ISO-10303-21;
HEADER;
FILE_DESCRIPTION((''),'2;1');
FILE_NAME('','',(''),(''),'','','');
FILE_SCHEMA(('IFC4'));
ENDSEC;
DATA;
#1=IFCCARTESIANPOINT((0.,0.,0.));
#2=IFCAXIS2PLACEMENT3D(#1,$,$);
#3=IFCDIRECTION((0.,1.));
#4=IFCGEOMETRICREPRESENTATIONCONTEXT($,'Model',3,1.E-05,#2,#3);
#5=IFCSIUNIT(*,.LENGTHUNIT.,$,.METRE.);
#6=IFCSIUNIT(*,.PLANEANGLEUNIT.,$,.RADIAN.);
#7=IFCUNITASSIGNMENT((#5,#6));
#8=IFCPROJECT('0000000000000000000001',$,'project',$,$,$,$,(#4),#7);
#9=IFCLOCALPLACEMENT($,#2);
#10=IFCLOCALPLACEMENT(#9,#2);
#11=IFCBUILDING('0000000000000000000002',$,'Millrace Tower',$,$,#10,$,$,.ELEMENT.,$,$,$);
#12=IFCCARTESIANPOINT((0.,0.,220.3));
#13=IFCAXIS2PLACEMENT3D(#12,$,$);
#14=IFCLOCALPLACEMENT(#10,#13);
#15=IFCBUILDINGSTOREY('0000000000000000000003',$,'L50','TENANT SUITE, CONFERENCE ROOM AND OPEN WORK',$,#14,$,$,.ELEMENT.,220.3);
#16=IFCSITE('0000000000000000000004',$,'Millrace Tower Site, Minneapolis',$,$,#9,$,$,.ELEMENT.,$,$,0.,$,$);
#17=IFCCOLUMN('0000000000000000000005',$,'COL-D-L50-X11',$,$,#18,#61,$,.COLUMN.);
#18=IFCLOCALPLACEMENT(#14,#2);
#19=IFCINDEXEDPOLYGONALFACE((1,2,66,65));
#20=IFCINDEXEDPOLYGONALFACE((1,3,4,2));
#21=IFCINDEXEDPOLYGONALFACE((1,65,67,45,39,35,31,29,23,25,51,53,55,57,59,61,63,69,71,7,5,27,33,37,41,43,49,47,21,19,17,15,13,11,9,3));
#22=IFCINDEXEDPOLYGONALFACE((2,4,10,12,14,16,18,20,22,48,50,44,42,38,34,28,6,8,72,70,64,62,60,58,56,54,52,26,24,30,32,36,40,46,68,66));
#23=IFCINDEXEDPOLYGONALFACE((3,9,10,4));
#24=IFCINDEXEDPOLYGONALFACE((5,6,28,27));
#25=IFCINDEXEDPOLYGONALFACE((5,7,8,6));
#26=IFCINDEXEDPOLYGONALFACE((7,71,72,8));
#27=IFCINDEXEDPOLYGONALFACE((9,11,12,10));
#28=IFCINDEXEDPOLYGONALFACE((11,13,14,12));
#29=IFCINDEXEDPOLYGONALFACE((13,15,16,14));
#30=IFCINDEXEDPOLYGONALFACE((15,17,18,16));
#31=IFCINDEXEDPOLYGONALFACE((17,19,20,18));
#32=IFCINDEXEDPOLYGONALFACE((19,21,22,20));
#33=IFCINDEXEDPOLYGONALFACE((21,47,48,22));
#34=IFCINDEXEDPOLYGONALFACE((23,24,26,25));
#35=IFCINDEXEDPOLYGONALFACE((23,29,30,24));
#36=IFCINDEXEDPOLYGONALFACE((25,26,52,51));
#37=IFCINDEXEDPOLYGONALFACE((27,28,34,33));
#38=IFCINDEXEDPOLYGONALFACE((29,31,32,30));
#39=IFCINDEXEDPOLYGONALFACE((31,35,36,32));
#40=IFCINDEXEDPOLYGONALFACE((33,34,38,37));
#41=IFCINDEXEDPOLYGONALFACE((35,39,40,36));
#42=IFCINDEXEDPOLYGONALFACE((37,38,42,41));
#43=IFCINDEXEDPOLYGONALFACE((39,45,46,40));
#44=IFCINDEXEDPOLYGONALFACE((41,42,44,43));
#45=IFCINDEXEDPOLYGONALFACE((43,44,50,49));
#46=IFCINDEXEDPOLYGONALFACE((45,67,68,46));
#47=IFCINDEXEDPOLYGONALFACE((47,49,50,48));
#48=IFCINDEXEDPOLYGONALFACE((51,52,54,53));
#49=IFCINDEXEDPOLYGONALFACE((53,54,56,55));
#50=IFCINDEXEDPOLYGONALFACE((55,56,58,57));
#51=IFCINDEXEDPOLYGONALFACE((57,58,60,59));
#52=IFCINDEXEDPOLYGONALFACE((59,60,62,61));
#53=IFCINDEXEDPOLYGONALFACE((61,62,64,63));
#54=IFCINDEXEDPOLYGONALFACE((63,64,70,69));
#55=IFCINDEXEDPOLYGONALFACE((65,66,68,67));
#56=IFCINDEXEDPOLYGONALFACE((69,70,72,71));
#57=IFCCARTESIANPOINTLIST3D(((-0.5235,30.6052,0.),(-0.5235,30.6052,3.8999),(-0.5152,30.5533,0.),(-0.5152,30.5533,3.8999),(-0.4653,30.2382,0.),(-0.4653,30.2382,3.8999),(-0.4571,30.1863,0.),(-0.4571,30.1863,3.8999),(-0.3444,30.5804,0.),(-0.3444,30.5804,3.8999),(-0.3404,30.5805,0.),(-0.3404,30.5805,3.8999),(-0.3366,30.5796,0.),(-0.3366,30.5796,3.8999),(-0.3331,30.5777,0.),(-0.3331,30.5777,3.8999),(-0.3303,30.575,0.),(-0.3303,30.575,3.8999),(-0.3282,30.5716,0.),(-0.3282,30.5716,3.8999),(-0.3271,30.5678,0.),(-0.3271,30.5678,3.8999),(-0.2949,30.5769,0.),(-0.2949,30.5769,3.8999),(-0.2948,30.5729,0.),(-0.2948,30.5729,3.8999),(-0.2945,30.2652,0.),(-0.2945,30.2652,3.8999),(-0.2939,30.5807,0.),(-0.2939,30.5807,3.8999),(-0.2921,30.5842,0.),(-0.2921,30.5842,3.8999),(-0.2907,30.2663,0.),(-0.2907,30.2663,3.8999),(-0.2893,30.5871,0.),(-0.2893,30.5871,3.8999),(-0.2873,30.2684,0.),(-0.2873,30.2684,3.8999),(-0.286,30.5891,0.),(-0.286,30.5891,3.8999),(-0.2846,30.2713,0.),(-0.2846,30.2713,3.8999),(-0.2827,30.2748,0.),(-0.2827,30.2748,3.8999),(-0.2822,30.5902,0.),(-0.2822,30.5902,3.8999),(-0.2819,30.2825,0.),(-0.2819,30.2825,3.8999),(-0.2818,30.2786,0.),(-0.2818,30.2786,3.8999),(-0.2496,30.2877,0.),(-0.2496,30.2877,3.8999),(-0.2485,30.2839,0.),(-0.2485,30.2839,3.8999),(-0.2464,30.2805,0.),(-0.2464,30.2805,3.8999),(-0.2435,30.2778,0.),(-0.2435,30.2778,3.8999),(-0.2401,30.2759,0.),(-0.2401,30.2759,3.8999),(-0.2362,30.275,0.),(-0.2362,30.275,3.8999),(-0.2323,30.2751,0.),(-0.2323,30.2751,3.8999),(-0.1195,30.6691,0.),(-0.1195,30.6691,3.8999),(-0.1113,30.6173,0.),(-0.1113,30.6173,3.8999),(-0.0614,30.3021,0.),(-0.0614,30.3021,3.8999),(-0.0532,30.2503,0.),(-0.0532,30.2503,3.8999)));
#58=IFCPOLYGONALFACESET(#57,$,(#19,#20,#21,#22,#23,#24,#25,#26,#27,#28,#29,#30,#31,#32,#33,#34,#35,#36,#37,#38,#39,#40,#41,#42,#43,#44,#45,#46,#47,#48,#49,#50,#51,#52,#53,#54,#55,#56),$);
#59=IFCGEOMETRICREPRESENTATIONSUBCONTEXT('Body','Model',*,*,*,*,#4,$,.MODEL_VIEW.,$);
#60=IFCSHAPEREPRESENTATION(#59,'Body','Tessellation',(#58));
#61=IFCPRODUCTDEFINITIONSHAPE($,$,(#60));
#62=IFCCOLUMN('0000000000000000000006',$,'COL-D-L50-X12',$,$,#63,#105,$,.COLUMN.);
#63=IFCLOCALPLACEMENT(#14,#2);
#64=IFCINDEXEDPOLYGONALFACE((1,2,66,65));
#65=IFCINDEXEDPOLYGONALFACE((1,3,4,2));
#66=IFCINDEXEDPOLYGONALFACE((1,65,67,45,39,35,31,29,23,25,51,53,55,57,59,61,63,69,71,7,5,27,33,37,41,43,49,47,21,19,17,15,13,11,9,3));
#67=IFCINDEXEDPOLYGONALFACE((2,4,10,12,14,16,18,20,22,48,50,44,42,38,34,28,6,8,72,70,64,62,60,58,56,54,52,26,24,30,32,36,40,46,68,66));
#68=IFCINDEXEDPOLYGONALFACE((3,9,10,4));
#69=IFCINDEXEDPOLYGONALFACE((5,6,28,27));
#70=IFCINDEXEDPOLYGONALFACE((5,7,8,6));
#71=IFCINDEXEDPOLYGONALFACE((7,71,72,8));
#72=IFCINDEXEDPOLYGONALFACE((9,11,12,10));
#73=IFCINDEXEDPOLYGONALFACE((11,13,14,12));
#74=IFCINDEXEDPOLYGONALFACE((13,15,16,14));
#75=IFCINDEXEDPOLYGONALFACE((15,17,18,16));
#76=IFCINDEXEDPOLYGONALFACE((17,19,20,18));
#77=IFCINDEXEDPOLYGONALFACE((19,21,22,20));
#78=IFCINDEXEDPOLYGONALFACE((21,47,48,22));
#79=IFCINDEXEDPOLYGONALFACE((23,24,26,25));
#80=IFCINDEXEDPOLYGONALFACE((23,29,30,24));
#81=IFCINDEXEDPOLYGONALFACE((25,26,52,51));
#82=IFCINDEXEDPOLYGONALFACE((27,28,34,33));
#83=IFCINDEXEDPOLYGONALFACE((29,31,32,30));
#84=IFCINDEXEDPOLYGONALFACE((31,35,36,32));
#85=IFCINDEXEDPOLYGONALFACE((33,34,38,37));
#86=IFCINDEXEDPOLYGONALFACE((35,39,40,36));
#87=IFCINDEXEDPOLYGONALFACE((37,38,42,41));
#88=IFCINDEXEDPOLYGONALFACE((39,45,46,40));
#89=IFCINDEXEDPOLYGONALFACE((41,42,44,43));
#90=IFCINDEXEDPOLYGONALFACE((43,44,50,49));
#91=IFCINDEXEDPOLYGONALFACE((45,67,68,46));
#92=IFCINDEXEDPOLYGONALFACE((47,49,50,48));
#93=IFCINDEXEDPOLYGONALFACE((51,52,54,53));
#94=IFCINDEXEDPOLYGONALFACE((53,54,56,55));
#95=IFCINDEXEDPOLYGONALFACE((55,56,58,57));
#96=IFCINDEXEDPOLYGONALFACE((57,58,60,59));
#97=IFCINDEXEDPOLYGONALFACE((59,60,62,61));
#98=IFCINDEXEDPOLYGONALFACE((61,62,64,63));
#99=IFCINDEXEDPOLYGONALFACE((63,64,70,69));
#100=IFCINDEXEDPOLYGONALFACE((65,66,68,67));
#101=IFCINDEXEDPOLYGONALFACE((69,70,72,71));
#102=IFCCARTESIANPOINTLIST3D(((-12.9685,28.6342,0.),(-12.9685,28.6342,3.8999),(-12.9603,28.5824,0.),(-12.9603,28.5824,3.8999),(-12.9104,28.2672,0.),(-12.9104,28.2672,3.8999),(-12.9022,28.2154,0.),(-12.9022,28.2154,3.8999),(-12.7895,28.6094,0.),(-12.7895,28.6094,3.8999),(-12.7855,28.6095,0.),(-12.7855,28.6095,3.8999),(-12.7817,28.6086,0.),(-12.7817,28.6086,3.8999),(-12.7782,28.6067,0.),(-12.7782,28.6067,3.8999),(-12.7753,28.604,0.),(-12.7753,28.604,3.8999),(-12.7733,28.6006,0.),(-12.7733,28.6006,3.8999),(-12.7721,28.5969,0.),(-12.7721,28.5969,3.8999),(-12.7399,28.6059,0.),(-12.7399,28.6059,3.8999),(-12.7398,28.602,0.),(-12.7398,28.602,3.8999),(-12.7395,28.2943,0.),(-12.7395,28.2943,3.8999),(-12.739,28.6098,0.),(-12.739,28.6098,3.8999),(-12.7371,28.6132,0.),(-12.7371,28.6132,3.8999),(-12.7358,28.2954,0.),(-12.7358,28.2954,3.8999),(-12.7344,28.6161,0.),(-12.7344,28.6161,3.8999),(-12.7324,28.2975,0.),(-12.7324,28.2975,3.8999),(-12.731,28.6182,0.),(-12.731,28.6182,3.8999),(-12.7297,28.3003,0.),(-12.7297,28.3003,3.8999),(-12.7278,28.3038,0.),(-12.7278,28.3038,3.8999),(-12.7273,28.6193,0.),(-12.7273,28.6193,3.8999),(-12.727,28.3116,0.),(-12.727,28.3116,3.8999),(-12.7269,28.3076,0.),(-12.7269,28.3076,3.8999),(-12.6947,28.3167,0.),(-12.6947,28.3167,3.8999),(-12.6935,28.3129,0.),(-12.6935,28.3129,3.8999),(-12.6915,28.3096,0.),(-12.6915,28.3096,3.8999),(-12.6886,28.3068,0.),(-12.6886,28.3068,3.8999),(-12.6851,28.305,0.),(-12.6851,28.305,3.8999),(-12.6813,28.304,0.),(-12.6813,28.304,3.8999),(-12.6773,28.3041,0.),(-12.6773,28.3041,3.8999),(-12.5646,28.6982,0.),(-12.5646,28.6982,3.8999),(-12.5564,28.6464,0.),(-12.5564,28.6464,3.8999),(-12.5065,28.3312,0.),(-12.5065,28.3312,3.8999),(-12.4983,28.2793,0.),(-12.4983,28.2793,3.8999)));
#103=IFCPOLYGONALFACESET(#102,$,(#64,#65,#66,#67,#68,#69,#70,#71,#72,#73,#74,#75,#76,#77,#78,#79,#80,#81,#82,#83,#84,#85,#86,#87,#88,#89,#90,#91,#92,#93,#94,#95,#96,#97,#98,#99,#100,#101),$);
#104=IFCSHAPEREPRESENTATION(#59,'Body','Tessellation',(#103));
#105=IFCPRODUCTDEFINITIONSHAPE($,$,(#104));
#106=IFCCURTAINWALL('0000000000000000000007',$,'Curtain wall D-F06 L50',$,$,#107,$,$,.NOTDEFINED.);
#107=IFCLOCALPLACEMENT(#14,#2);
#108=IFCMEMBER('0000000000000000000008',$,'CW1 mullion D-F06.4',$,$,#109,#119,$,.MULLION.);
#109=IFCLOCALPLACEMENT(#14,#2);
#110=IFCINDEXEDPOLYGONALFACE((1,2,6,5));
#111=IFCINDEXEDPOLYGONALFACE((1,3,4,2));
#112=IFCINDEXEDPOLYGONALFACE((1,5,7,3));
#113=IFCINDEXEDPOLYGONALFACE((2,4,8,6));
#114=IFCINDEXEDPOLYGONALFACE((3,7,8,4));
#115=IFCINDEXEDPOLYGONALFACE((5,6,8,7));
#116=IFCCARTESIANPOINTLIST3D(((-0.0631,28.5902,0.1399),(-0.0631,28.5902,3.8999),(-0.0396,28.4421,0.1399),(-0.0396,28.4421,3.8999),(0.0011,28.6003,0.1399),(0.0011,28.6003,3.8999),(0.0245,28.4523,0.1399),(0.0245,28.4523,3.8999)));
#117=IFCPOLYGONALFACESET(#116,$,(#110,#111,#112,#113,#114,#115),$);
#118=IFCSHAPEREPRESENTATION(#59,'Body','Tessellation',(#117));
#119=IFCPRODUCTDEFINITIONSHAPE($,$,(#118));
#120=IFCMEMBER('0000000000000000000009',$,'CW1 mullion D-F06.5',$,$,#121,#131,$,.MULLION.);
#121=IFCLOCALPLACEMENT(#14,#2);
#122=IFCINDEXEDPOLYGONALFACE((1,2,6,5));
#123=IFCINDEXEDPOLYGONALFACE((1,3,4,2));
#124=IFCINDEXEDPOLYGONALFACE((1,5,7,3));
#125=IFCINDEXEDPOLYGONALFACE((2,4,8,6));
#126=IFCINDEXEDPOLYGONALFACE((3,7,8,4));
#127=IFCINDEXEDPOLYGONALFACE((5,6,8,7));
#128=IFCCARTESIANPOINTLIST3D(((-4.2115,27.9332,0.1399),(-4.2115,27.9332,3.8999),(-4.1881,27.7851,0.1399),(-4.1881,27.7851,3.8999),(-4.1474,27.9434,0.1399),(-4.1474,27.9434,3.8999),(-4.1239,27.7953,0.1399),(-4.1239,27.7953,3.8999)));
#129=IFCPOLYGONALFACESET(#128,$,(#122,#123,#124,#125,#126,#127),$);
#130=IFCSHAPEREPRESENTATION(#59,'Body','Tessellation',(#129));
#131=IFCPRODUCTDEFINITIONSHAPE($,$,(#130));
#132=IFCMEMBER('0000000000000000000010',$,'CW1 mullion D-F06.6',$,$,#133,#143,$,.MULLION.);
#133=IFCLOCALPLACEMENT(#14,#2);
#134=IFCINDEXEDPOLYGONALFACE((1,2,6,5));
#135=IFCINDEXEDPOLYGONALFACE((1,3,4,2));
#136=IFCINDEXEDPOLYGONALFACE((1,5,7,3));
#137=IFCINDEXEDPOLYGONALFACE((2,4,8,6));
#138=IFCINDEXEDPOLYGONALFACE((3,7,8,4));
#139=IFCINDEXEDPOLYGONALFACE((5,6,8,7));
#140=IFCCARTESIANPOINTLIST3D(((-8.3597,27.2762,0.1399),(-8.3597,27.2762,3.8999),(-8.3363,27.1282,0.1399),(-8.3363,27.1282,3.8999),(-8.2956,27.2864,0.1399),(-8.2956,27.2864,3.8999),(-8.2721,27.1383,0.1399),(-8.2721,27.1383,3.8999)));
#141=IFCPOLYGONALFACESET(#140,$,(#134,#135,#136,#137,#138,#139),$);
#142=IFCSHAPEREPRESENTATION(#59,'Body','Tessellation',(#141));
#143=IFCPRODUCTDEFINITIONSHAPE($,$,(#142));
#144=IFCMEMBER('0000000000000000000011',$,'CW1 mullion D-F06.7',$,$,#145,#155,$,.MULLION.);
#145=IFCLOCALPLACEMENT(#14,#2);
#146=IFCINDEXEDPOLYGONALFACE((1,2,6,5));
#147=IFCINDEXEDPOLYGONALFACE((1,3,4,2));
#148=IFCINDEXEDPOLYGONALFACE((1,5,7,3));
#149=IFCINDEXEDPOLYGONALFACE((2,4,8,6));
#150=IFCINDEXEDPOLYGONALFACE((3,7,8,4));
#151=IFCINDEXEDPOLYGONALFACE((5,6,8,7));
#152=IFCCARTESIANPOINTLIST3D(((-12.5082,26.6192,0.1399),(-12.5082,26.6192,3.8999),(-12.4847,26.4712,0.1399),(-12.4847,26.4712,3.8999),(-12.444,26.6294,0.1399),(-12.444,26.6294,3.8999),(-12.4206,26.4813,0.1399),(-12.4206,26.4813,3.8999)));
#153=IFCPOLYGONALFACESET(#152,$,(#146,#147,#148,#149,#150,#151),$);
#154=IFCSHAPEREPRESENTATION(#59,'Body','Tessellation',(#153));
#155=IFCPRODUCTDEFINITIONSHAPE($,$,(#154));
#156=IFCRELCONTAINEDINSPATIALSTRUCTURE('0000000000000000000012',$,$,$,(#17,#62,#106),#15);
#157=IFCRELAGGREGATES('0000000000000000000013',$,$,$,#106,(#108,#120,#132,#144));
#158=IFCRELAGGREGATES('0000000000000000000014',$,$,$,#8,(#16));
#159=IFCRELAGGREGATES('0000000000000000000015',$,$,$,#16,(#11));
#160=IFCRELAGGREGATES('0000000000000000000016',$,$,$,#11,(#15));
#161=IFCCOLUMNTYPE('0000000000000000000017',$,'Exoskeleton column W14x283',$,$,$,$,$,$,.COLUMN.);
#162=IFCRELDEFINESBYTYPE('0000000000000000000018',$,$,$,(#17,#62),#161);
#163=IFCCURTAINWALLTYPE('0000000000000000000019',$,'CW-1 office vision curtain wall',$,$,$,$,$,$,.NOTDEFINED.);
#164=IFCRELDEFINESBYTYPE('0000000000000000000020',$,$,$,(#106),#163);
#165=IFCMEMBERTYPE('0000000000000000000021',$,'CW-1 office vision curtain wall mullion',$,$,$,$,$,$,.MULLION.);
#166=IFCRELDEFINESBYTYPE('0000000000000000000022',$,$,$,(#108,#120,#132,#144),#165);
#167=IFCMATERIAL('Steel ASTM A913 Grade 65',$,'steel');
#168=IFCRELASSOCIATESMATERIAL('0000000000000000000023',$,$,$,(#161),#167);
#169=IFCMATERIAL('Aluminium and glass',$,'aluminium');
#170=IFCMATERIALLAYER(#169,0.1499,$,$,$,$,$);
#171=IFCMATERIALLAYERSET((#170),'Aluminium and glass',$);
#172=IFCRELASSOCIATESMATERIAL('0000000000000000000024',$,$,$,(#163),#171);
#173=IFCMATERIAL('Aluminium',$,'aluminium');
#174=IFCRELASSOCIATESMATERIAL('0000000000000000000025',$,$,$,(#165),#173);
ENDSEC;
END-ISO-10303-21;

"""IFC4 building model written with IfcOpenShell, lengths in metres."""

from ifc_helpers import new_model, si_unit, direction, frame, origin, origin_2d, place, context, subcontext, project, spatial, rectangle, i_section, extrude, material, layer, layer_set, material_profile, profile_set, type_object, element, aggregate, save


model = new_model("IFC4")

# Units and contexts
model_context = context("Model", 3, precision=1e-05, world=origin(), true_north=direction((0.0, 1.0)))
body_context = subcontext(model_context, "Body", "Model", "MODEL_VIEW")
ifc_project = project(units=[si_unit("LENGTHUNIT", "METRE"), si_unit("PLANEANGLEUNIT", "RADIAN")], contexts=[model_context])

# Site, building, storey
site_placement = place(None, origin())
site = spatial("IfcSite", under=ifc_project, at=site_placement, Name="Millrace Tower Site, Minneapolis", CompositionType="ELEMENT", RefElevation=0.0)
building_placement = place(site_placement, origin())
building = spatial("IfcBuilding", under=site, at=building_placement, Name="Millrace Tower", CompositionType="ELEMENT")
storey_placement = place(building_placement, frame((0.0, 0.0, 220.3)))
storey = spatial("IfcBuildingStorey", under=building, at=storey_placement, Name="L50", Description="TENANT SUITE, CONFERENCE ROOM AND OPEN WORK", CompositionType="ELEMENT", Elevation=220.3)

# Columns
ifc_material_1 = material(Name="Steel ASTM A913 Grade 65", Category="steel")
ifc_material_profile_1 = material_profile(ifc_material_1, i_section(OverallWidth=0.4089, OverallDepth=0.4241, WebThickness=0.0327, FlangeThickness=0.0525, FilletRadius=0.0151, at=origin_2d()))
ifc_profile_set_1 = profile_set([ifc_material_profile_1], Name="Steel ASTM A913 Grade 65")
column_type = type_object("IfcColumnType", Name="Exoskeleton column W14x283", PredefinedType="COLUMN", material=ifc_profile_set_1)
for number, where, z_axis, x_axis, name in (
    (1, (-0.2883, 30.4277, 0.0), (0.0, 0.0, 1.0), (-0.987688, -0.156434, 0.0), "COL-D-L50-X11"),
    (2, (-12.7334, 28.4568, 0.0), (0.0, 0.0, 1.0), (-0.987688, -0.156434, 0.0), "COL-D-L50-X12"),
):
    element("IfcColumn", number, at=place(storey_placement, frame(where, z_axis=z_axis, x_axis=x_axis)), inside=storey, type_object=column_type, Name=name, PredefinedType="COLUMN", context=body_context, shape_type="SweptSolid", body=[
        extrude(i_section(OverallWidth=0.4089, OverallDepth=0.4241, WebThickness=0.0327, FlangeThickness=0.0525, FilletRadius=0.0151, at=origin_2d()), origin(), (0.0, 0.0, 1.0), 3.8999),
    ])

# Curtain wall, members
ifc_material_2 = material(Name="Aluminium and glass", Category="aluminium")
ifc_layer_1 = layer(ifc_material_2, 0.1499)
ifc_layer_set_1 = layer_set([ifc_layer_1], Name="Aluminium and glass")
curtain_wall_type = type_object("IfcCurtainWallType", Name="CW-1 office vision curtain wall", PredefinedType="NOTDEFINED", material=ifc_layer_set_1)
curtain_wall_placement = place(storey_placement, origin())
curtain_wall = element("IfcCurtainWall", 3, at=curtain_wall_placement, inside=storey, type_object=curtain_wall_type, Name="Curtain wall D-F06 L50", PredefinedType="NOTDEFINED")
ifc_material_3 = material(Name="Aluminium", Category="aluminium")
ifc_material_profile_2 = material_profile(ifc_material_3, rectangle(XDim=0.0649, YDim=0.1499, at=origin_2d()))
ifc_profile_set_2 = profile_set([ifc_material_profile_2], Name="Aluminium")
member_type_1 = type_object("IfcMemberType", Name="CW-1 office vision curtain wall mullion", PredefinedType="MULLION", material=ifc_profile_set_2)
member_1_placement = place(storey_placement, frame((-0.0193, 28.5212, 0.1399), z_axis=(0.0, 0.0, 1.0), x_axis=(-0.987688, -0.156434, 0.0)))
member_1 = element("IfcMember", 4, at=member_1_placement, type_object=member_type_1, Name="CW1 mullion D-F06.4", PredefinedType="MULLION", context=body_context, shape_type="SweptSolid", body=[
    extrude(rectangle(XDim=0.0649, YDim=0.1499, at=origin_2d()), origin(), (0.0, 0.0, 1.0), 3.76),
])
member_2_placement = place(storey_placement, frame((-4.1677, 27.8643, 0.1399), z_axis=(0.0, 0.0, 1.0), x_axis=(-0.987688, -0.156434, 0.0)))
member_2 = element("IfcMember", 5, at=member_2_placement, type_object=member_type_1, Name="CW1 mullion D-F06.5", PredefinedType="MULLION", context=body_context, shape_type="SweptSolid", body=[
    extrude(rectangle(XDim=0.0649, YDim=0.1499, at=origin_2d()), origin(), (0.0, 0.0, 1.0), 3.76),
])
member_3_placement = place(storey_placement, frame((-8.3159, 27.2073, 0.1399), z_axis=(0.0, 0.0, 1.0), x_axis=(-0.987688, -0.156434, 0.0)))
member_3 = element("IfcMember", 6, at=member_3_placement, type_object=member_type_1, Name="CW1 mullion D-F06.6", PredefinedType="MULLION", context=body_context, shape_type="SweptSolid", body=[
    extrude(rectangle(XDim=0.0649, YDim=0.1499, at=origin_2d()), origin(), (0.0, 0.0, 1.0), 3.76),
])
member_4_placement = place(storey_placement, frame((-12.4644, 26.5503, 0.1399), z_axis=(0.0, 0.0, 1.0), x_axis=(-0.987688, -0.156434, 0.0)))
member_4 = element("IfcMember", 7, at=member_4_placement, type_object=member_type_1, Name="CW1 mullion D-F06.7", PredefinedType="MULLION", context=body_context, shape_type="SweptSolid", body=[
    extrude(rectangle(XDim=0.0649, YDim=0.1499, at=origin_2d()), origin(), (0.0, 0.0, 1.0), 3.76),
])
aggregate(curtain_wall, [member_1, member_2, member_3, member_4])

save(model, "model.ifc")
